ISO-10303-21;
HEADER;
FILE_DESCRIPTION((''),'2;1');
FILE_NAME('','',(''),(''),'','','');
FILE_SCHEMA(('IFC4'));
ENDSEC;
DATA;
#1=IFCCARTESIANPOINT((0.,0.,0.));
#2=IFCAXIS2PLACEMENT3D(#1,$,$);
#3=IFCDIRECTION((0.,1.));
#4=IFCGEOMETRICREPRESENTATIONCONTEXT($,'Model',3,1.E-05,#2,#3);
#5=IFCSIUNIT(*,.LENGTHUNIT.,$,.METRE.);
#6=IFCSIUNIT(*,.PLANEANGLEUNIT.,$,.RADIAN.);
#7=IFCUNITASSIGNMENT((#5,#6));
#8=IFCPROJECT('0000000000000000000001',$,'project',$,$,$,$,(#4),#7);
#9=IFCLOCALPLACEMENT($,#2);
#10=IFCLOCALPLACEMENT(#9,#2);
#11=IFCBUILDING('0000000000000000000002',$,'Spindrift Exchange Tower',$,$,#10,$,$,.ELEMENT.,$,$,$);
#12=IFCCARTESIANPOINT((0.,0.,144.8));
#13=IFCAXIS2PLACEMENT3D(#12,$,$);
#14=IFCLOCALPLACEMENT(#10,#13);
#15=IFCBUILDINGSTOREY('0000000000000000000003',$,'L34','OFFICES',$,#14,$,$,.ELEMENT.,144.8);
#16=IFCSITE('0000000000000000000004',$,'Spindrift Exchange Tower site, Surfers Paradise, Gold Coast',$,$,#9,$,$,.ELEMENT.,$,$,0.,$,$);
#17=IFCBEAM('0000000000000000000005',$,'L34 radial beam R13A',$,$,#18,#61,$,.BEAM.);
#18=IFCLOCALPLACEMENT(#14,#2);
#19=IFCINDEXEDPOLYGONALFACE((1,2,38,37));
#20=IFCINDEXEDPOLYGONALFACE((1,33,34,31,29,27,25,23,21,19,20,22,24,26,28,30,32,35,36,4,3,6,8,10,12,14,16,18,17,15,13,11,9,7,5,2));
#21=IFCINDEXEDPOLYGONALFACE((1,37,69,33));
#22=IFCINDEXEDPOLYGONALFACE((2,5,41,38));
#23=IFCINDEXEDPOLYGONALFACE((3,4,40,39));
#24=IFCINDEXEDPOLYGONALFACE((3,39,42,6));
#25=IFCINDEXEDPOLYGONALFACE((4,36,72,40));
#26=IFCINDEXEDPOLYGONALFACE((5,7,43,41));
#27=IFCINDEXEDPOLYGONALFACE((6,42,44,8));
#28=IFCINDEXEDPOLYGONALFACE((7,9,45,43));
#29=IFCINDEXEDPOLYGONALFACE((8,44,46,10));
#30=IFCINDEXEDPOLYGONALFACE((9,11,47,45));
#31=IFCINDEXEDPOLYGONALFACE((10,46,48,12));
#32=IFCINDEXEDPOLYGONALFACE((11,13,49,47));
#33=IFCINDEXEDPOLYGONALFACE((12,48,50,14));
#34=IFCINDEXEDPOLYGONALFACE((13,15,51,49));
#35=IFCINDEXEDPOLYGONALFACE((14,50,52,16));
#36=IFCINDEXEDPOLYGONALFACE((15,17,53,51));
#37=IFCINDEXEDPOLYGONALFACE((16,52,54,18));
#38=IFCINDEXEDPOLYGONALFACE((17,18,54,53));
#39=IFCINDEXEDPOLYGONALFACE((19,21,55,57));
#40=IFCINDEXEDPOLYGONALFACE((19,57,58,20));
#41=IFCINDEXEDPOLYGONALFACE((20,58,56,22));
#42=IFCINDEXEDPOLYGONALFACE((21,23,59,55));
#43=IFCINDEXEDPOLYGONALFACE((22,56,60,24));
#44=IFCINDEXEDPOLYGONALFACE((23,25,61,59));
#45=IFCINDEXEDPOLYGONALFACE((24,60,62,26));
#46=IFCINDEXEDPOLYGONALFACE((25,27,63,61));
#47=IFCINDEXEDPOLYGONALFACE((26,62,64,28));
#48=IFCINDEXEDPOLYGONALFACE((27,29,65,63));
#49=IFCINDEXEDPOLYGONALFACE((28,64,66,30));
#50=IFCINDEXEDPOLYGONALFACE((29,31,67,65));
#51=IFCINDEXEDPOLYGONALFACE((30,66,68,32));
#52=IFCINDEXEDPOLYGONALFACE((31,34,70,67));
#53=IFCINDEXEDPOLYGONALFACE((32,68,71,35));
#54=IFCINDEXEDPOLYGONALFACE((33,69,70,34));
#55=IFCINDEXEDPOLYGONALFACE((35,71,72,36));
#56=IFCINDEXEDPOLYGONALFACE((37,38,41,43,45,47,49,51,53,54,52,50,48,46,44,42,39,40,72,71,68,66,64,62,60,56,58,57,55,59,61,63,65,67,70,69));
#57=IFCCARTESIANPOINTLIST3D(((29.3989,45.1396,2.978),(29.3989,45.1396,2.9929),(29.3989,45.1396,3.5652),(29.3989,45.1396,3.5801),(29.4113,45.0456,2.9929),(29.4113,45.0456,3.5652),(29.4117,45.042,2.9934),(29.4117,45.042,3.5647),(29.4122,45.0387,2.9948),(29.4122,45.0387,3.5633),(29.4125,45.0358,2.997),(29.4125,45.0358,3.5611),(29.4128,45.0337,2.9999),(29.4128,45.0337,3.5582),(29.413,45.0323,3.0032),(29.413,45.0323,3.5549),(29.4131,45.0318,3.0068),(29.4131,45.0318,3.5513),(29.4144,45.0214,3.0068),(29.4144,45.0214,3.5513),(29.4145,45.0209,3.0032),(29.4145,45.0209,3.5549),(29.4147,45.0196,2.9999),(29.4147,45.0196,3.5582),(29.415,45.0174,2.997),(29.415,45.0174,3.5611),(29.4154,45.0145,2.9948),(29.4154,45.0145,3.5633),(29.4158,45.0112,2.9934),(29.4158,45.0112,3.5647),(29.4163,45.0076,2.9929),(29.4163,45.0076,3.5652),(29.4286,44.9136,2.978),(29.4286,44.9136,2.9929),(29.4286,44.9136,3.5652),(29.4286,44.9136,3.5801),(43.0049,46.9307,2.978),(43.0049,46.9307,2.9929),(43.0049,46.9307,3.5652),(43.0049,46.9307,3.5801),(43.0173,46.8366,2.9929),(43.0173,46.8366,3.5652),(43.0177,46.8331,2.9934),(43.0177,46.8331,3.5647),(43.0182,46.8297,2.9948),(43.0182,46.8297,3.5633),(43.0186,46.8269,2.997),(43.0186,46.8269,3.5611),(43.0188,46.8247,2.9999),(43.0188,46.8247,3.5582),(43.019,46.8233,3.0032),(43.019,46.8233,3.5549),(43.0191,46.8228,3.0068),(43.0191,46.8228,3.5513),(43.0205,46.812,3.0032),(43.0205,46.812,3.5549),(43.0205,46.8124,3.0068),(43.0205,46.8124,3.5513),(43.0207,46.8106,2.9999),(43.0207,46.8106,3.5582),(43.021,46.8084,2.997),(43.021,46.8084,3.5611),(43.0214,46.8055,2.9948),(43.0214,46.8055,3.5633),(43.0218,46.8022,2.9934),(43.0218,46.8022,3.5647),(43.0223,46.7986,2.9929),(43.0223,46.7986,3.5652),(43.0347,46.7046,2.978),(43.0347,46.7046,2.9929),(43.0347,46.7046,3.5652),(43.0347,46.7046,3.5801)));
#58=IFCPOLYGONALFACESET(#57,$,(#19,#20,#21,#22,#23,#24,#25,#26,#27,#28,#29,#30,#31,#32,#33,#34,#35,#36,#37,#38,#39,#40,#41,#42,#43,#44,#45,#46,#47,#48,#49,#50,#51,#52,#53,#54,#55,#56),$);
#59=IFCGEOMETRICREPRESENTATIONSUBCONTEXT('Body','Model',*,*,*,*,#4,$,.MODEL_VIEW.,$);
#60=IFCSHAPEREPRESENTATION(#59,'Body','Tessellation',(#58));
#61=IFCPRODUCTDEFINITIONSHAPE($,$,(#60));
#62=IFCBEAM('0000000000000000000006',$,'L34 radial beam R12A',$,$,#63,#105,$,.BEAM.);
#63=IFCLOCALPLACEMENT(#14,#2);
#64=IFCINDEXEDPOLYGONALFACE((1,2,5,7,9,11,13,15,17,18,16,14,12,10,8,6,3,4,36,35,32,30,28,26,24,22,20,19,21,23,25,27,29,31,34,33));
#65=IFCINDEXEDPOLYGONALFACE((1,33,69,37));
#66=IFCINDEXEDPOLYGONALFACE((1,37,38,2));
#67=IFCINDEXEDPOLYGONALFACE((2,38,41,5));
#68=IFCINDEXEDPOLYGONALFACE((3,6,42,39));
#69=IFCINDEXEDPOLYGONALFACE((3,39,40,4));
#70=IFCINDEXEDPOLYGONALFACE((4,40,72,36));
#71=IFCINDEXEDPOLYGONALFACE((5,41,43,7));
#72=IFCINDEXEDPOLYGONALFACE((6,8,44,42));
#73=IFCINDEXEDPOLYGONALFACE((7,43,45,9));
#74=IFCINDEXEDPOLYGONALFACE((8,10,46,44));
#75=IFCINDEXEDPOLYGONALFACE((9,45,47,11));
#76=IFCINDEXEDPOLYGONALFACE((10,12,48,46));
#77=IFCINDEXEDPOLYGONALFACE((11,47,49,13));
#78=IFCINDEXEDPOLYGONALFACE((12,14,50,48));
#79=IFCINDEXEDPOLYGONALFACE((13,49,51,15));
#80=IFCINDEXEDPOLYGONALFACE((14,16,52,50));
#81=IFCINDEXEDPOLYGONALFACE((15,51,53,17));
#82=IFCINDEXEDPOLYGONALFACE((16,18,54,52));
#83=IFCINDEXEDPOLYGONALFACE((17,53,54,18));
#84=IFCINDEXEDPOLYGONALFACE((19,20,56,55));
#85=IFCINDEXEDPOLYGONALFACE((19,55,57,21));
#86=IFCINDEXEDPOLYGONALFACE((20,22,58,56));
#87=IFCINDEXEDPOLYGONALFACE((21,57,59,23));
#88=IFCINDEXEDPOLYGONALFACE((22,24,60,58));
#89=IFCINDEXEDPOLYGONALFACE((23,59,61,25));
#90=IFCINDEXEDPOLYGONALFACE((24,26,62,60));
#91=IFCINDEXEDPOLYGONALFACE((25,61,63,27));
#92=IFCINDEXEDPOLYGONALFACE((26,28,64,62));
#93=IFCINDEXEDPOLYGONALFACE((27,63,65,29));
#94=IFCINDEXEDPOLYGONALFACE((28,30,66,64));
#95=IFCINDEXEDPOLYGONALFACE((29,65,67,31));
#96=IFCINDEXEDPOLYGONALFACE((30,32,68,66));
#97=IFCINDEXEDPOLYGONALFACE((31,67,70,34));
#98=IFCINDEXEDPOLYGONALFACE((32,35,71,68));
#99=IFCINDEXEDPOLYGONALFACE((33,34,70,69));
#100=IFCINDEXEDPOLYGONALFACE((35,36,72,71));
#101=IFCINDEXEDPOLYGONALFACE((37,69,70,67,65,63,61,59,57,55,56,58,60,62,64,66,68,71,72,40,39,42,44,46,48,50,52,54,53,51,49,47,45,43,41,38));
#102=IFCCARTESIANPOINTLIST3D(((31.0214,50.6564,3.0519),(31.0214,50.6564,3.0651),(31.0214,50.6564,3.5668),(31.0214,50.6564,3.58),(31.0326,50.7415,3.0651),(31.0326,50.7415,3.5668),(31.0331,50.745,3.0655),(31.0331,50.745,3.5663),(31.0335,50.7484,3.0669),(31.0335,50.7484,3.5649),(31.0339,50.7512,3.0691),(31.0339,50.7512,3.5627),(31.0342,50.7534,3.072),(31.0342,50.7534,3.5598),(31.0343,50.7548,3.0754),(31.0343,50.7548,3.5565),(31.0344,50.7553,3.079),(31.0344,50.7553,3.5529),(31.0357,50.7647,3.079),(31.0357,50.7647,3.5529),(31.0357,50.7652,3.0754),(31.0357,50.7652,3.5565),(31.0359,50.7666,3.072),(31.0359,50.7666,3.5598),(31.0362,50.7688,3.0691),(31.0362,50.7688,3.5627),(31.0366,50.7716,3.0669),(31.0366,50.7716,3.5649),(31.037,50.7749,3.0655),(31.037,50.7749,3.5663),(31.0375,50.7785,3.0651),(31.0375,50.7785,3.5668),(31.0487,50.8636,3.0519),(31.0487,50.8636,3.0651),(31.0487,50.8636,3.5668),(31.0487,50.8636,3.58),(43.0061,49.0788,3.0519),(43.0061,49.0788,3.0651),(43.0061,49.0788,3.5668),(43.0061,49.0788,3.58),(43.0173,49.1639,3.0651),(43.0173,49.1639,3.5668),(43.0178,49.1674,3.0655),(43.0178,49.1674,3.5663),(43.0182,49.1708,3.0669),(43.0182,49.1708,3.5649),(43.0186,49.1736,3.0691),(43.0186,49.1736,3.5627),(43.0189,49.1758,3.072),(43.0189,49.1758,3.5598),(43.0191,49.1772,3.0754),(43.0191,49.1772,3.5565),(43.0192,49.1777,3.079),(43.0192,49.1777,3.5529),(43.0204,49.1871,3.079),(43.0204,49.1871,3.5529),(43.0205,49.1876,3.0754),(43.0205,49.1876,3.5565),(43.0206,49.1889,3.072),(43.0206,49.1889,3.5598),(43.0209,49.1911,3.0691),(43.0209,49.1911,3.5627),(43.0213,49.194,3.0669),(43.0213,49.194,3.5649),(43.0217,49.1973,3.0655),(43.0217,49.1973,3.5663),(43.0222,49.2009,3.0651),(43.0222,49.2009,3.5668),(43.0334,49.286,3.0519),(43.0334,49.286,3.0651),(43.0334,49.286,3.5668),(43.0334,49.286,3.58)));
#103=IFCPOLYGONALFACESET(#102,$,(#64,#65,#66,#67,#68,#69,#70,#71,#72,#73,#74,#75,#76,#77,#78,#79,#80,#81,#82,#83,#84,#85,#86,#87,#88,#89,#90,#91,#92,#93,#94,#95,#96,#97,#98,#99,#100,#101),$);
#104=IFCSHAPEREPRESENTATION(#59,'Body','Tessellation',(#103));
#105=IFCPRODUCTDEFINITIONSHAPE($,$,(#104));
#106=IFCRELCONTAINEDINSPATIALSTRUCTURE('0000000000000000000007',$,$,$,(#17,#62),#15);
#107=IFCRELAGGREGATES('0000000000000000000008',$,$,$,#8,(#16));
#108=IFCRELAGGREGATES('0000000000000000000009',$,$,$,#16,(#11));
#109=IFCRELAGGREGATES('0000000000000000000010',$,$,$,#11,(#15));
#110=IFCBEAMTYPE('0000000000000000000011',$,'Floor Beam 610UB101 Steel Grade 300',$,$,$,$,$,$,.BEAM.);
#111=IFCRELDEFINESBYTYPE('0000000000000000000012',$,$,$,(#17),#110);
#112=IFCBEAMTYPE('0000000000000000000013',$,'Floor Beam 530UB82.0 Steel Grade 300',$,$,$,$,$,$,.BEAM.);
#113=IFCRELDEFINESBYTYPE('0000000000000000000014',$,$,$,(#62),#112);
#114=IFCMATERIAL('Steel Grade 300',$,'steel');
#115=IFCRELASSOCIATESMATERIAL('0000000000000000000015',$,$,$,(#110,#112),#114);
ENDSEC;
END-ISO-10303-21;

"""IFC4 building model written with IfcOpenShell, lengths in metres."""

from ifc_helpers import new_model, si_unit, direction, frame, origin, origin_2d, place, context, subcontext, project, spatial, i_section, extrude, source, transform, mapped, material, material_profile, profile_set, type_object, element, save


model = new_model("IFC4")

# Units and contexts
model_context = context("Model", 3, precision=1e-05, world=origin(), true_north=direction((0.0, 1.0)))
body_context = subcontext(model_context, "Body", "Model", "MODEL_VIEW")
ifc_project = project(units=[si_unit("LENGTHUNIT", "METRE"), si_unit("PLANEANGLEUNIT", "RADIAN")], contexts=[model_context])

# Site, building, storey
site_placement = place(None, origin())
site = spatial("IfcSite", under=ifc_project, at=site_placement, Name="Spindrift Exchange Tower site, Surfers Paradise, Gold Coast", CompositionType="ELEMENT", RefElevation=0.0)
building_placement = place(site_placement, origin())
building = spatial("IfcBuilding", under=site, at=building_placement, Name="Spindrift Exchange Tower", CompositionType="ELEMENT")
storey_placement = place(building_placement, frame((0.0, 0.0, 144.8)))
storey = spatial("IfcBuildingStorey", under=building, at=storey_placement, Name="L34", Description="OFFICES", CompositionType="ELEMENT", Elevation=144.8)

# Beams
ifc_material_1 = material(Name="Steel Grade 300", Category="steel")
ifc_material_profile_1 = material_profile(ifc_material_1, i_section(OverallWidth=0.228, OverallDepth=0.6021, WebThickness=0.0105, FlangeThickness=0.0149, FilletRadius=0.0139, at=origin_2d()), Name="610UB101")
ifc_profile_set_1 = profile_set([ifc_material_profile_1], Name="Steel Grade 300")
beam_type_1 = type_object("IfcBeamType", Name="Floor Beam 610UB101 Steel Grade 300", PredefinedType="BEAM", material=ifc_profile_set_1)
shared_shape_1 = source(origin(), body_context, "Body", "SweptSolid", [
    extrude(i_section(OverallWidth=0.228, OverallDepth=0.6021, WebThickness=0.0105, FlangeThickness=0.0149, FilletRadius=0.0139, at=origin_2d()), origin(), (0.0, 0.0, 1.0), 13.7234),
])
beam_1_placement = place(storey_placement, frame((43.0198, 46.8176, 3.2791), z_axis=(-0.991447, -0.130509, 0.0), x_axis=(0.130509, -0.991447, 0.0)))
element("IfcBeam", 1, at=beam_1_placement, inside=storey, type_object=beam_type_1, Name="L34 radial beam R13A", PredefinedType="BEAM", context=body_context, shape_type="MappedRepresentation", body=[
    mapped(shared_shape_1, transform((0.0, 0.0, 0.0), scale=1.0)),
])
ifc_material_profile_2 = material_profile(ifc_material_1, i_section(OverallWidth=0.209, OverallDepth=0.5281, WebThickness=0.0095, FlangeThickness=0.0132, FilletRadius=0.0139, at=origin_2d()), Name="530UB82.0")
ifc_profile_set_2 = profile_set([ifc_material_profile_2], Name="Steel Grade 300")
beam_type_2 = type_object("IfcBeamType", Name="Floor Beam 530UB82.0 Steel Grade 300", PredefinedType="BEAM", material=ifc_profile_set_2)
shared_shape_2 = source(origin(), body_context, "Body", "SweptSolid", [
    extrude(i_section(OverallWidth=0.209, OverallDepth=0.5281, WebThickness=0.0095, FlangeThickness=0.0132, FilletRadius=0.0139, at=origin_2d()), origin(), (0.0, 0.0, 1.0), 12.0881),
])
beam_2_placement = place(storey_placement, frame((43.0198, 49.1824, 3.3159), z_axis=(-0.991447, 0.13051, 0.0), x_axis=(-0.13051, -0.991447, 0.0)))
element("IfcBeam", 2, at=beam_2_placement, inside=storey, type_object=beam_type_2, Name="L34 radial beam R12A", PredefinedType="BEAM", context=body_context, shape_type="MappedRepresentation", body=[
    mapped(shared_shape_2, transform((0.0, 0.0, 0.0), scale=1.0)),
])

save(model, "model.ifc")
